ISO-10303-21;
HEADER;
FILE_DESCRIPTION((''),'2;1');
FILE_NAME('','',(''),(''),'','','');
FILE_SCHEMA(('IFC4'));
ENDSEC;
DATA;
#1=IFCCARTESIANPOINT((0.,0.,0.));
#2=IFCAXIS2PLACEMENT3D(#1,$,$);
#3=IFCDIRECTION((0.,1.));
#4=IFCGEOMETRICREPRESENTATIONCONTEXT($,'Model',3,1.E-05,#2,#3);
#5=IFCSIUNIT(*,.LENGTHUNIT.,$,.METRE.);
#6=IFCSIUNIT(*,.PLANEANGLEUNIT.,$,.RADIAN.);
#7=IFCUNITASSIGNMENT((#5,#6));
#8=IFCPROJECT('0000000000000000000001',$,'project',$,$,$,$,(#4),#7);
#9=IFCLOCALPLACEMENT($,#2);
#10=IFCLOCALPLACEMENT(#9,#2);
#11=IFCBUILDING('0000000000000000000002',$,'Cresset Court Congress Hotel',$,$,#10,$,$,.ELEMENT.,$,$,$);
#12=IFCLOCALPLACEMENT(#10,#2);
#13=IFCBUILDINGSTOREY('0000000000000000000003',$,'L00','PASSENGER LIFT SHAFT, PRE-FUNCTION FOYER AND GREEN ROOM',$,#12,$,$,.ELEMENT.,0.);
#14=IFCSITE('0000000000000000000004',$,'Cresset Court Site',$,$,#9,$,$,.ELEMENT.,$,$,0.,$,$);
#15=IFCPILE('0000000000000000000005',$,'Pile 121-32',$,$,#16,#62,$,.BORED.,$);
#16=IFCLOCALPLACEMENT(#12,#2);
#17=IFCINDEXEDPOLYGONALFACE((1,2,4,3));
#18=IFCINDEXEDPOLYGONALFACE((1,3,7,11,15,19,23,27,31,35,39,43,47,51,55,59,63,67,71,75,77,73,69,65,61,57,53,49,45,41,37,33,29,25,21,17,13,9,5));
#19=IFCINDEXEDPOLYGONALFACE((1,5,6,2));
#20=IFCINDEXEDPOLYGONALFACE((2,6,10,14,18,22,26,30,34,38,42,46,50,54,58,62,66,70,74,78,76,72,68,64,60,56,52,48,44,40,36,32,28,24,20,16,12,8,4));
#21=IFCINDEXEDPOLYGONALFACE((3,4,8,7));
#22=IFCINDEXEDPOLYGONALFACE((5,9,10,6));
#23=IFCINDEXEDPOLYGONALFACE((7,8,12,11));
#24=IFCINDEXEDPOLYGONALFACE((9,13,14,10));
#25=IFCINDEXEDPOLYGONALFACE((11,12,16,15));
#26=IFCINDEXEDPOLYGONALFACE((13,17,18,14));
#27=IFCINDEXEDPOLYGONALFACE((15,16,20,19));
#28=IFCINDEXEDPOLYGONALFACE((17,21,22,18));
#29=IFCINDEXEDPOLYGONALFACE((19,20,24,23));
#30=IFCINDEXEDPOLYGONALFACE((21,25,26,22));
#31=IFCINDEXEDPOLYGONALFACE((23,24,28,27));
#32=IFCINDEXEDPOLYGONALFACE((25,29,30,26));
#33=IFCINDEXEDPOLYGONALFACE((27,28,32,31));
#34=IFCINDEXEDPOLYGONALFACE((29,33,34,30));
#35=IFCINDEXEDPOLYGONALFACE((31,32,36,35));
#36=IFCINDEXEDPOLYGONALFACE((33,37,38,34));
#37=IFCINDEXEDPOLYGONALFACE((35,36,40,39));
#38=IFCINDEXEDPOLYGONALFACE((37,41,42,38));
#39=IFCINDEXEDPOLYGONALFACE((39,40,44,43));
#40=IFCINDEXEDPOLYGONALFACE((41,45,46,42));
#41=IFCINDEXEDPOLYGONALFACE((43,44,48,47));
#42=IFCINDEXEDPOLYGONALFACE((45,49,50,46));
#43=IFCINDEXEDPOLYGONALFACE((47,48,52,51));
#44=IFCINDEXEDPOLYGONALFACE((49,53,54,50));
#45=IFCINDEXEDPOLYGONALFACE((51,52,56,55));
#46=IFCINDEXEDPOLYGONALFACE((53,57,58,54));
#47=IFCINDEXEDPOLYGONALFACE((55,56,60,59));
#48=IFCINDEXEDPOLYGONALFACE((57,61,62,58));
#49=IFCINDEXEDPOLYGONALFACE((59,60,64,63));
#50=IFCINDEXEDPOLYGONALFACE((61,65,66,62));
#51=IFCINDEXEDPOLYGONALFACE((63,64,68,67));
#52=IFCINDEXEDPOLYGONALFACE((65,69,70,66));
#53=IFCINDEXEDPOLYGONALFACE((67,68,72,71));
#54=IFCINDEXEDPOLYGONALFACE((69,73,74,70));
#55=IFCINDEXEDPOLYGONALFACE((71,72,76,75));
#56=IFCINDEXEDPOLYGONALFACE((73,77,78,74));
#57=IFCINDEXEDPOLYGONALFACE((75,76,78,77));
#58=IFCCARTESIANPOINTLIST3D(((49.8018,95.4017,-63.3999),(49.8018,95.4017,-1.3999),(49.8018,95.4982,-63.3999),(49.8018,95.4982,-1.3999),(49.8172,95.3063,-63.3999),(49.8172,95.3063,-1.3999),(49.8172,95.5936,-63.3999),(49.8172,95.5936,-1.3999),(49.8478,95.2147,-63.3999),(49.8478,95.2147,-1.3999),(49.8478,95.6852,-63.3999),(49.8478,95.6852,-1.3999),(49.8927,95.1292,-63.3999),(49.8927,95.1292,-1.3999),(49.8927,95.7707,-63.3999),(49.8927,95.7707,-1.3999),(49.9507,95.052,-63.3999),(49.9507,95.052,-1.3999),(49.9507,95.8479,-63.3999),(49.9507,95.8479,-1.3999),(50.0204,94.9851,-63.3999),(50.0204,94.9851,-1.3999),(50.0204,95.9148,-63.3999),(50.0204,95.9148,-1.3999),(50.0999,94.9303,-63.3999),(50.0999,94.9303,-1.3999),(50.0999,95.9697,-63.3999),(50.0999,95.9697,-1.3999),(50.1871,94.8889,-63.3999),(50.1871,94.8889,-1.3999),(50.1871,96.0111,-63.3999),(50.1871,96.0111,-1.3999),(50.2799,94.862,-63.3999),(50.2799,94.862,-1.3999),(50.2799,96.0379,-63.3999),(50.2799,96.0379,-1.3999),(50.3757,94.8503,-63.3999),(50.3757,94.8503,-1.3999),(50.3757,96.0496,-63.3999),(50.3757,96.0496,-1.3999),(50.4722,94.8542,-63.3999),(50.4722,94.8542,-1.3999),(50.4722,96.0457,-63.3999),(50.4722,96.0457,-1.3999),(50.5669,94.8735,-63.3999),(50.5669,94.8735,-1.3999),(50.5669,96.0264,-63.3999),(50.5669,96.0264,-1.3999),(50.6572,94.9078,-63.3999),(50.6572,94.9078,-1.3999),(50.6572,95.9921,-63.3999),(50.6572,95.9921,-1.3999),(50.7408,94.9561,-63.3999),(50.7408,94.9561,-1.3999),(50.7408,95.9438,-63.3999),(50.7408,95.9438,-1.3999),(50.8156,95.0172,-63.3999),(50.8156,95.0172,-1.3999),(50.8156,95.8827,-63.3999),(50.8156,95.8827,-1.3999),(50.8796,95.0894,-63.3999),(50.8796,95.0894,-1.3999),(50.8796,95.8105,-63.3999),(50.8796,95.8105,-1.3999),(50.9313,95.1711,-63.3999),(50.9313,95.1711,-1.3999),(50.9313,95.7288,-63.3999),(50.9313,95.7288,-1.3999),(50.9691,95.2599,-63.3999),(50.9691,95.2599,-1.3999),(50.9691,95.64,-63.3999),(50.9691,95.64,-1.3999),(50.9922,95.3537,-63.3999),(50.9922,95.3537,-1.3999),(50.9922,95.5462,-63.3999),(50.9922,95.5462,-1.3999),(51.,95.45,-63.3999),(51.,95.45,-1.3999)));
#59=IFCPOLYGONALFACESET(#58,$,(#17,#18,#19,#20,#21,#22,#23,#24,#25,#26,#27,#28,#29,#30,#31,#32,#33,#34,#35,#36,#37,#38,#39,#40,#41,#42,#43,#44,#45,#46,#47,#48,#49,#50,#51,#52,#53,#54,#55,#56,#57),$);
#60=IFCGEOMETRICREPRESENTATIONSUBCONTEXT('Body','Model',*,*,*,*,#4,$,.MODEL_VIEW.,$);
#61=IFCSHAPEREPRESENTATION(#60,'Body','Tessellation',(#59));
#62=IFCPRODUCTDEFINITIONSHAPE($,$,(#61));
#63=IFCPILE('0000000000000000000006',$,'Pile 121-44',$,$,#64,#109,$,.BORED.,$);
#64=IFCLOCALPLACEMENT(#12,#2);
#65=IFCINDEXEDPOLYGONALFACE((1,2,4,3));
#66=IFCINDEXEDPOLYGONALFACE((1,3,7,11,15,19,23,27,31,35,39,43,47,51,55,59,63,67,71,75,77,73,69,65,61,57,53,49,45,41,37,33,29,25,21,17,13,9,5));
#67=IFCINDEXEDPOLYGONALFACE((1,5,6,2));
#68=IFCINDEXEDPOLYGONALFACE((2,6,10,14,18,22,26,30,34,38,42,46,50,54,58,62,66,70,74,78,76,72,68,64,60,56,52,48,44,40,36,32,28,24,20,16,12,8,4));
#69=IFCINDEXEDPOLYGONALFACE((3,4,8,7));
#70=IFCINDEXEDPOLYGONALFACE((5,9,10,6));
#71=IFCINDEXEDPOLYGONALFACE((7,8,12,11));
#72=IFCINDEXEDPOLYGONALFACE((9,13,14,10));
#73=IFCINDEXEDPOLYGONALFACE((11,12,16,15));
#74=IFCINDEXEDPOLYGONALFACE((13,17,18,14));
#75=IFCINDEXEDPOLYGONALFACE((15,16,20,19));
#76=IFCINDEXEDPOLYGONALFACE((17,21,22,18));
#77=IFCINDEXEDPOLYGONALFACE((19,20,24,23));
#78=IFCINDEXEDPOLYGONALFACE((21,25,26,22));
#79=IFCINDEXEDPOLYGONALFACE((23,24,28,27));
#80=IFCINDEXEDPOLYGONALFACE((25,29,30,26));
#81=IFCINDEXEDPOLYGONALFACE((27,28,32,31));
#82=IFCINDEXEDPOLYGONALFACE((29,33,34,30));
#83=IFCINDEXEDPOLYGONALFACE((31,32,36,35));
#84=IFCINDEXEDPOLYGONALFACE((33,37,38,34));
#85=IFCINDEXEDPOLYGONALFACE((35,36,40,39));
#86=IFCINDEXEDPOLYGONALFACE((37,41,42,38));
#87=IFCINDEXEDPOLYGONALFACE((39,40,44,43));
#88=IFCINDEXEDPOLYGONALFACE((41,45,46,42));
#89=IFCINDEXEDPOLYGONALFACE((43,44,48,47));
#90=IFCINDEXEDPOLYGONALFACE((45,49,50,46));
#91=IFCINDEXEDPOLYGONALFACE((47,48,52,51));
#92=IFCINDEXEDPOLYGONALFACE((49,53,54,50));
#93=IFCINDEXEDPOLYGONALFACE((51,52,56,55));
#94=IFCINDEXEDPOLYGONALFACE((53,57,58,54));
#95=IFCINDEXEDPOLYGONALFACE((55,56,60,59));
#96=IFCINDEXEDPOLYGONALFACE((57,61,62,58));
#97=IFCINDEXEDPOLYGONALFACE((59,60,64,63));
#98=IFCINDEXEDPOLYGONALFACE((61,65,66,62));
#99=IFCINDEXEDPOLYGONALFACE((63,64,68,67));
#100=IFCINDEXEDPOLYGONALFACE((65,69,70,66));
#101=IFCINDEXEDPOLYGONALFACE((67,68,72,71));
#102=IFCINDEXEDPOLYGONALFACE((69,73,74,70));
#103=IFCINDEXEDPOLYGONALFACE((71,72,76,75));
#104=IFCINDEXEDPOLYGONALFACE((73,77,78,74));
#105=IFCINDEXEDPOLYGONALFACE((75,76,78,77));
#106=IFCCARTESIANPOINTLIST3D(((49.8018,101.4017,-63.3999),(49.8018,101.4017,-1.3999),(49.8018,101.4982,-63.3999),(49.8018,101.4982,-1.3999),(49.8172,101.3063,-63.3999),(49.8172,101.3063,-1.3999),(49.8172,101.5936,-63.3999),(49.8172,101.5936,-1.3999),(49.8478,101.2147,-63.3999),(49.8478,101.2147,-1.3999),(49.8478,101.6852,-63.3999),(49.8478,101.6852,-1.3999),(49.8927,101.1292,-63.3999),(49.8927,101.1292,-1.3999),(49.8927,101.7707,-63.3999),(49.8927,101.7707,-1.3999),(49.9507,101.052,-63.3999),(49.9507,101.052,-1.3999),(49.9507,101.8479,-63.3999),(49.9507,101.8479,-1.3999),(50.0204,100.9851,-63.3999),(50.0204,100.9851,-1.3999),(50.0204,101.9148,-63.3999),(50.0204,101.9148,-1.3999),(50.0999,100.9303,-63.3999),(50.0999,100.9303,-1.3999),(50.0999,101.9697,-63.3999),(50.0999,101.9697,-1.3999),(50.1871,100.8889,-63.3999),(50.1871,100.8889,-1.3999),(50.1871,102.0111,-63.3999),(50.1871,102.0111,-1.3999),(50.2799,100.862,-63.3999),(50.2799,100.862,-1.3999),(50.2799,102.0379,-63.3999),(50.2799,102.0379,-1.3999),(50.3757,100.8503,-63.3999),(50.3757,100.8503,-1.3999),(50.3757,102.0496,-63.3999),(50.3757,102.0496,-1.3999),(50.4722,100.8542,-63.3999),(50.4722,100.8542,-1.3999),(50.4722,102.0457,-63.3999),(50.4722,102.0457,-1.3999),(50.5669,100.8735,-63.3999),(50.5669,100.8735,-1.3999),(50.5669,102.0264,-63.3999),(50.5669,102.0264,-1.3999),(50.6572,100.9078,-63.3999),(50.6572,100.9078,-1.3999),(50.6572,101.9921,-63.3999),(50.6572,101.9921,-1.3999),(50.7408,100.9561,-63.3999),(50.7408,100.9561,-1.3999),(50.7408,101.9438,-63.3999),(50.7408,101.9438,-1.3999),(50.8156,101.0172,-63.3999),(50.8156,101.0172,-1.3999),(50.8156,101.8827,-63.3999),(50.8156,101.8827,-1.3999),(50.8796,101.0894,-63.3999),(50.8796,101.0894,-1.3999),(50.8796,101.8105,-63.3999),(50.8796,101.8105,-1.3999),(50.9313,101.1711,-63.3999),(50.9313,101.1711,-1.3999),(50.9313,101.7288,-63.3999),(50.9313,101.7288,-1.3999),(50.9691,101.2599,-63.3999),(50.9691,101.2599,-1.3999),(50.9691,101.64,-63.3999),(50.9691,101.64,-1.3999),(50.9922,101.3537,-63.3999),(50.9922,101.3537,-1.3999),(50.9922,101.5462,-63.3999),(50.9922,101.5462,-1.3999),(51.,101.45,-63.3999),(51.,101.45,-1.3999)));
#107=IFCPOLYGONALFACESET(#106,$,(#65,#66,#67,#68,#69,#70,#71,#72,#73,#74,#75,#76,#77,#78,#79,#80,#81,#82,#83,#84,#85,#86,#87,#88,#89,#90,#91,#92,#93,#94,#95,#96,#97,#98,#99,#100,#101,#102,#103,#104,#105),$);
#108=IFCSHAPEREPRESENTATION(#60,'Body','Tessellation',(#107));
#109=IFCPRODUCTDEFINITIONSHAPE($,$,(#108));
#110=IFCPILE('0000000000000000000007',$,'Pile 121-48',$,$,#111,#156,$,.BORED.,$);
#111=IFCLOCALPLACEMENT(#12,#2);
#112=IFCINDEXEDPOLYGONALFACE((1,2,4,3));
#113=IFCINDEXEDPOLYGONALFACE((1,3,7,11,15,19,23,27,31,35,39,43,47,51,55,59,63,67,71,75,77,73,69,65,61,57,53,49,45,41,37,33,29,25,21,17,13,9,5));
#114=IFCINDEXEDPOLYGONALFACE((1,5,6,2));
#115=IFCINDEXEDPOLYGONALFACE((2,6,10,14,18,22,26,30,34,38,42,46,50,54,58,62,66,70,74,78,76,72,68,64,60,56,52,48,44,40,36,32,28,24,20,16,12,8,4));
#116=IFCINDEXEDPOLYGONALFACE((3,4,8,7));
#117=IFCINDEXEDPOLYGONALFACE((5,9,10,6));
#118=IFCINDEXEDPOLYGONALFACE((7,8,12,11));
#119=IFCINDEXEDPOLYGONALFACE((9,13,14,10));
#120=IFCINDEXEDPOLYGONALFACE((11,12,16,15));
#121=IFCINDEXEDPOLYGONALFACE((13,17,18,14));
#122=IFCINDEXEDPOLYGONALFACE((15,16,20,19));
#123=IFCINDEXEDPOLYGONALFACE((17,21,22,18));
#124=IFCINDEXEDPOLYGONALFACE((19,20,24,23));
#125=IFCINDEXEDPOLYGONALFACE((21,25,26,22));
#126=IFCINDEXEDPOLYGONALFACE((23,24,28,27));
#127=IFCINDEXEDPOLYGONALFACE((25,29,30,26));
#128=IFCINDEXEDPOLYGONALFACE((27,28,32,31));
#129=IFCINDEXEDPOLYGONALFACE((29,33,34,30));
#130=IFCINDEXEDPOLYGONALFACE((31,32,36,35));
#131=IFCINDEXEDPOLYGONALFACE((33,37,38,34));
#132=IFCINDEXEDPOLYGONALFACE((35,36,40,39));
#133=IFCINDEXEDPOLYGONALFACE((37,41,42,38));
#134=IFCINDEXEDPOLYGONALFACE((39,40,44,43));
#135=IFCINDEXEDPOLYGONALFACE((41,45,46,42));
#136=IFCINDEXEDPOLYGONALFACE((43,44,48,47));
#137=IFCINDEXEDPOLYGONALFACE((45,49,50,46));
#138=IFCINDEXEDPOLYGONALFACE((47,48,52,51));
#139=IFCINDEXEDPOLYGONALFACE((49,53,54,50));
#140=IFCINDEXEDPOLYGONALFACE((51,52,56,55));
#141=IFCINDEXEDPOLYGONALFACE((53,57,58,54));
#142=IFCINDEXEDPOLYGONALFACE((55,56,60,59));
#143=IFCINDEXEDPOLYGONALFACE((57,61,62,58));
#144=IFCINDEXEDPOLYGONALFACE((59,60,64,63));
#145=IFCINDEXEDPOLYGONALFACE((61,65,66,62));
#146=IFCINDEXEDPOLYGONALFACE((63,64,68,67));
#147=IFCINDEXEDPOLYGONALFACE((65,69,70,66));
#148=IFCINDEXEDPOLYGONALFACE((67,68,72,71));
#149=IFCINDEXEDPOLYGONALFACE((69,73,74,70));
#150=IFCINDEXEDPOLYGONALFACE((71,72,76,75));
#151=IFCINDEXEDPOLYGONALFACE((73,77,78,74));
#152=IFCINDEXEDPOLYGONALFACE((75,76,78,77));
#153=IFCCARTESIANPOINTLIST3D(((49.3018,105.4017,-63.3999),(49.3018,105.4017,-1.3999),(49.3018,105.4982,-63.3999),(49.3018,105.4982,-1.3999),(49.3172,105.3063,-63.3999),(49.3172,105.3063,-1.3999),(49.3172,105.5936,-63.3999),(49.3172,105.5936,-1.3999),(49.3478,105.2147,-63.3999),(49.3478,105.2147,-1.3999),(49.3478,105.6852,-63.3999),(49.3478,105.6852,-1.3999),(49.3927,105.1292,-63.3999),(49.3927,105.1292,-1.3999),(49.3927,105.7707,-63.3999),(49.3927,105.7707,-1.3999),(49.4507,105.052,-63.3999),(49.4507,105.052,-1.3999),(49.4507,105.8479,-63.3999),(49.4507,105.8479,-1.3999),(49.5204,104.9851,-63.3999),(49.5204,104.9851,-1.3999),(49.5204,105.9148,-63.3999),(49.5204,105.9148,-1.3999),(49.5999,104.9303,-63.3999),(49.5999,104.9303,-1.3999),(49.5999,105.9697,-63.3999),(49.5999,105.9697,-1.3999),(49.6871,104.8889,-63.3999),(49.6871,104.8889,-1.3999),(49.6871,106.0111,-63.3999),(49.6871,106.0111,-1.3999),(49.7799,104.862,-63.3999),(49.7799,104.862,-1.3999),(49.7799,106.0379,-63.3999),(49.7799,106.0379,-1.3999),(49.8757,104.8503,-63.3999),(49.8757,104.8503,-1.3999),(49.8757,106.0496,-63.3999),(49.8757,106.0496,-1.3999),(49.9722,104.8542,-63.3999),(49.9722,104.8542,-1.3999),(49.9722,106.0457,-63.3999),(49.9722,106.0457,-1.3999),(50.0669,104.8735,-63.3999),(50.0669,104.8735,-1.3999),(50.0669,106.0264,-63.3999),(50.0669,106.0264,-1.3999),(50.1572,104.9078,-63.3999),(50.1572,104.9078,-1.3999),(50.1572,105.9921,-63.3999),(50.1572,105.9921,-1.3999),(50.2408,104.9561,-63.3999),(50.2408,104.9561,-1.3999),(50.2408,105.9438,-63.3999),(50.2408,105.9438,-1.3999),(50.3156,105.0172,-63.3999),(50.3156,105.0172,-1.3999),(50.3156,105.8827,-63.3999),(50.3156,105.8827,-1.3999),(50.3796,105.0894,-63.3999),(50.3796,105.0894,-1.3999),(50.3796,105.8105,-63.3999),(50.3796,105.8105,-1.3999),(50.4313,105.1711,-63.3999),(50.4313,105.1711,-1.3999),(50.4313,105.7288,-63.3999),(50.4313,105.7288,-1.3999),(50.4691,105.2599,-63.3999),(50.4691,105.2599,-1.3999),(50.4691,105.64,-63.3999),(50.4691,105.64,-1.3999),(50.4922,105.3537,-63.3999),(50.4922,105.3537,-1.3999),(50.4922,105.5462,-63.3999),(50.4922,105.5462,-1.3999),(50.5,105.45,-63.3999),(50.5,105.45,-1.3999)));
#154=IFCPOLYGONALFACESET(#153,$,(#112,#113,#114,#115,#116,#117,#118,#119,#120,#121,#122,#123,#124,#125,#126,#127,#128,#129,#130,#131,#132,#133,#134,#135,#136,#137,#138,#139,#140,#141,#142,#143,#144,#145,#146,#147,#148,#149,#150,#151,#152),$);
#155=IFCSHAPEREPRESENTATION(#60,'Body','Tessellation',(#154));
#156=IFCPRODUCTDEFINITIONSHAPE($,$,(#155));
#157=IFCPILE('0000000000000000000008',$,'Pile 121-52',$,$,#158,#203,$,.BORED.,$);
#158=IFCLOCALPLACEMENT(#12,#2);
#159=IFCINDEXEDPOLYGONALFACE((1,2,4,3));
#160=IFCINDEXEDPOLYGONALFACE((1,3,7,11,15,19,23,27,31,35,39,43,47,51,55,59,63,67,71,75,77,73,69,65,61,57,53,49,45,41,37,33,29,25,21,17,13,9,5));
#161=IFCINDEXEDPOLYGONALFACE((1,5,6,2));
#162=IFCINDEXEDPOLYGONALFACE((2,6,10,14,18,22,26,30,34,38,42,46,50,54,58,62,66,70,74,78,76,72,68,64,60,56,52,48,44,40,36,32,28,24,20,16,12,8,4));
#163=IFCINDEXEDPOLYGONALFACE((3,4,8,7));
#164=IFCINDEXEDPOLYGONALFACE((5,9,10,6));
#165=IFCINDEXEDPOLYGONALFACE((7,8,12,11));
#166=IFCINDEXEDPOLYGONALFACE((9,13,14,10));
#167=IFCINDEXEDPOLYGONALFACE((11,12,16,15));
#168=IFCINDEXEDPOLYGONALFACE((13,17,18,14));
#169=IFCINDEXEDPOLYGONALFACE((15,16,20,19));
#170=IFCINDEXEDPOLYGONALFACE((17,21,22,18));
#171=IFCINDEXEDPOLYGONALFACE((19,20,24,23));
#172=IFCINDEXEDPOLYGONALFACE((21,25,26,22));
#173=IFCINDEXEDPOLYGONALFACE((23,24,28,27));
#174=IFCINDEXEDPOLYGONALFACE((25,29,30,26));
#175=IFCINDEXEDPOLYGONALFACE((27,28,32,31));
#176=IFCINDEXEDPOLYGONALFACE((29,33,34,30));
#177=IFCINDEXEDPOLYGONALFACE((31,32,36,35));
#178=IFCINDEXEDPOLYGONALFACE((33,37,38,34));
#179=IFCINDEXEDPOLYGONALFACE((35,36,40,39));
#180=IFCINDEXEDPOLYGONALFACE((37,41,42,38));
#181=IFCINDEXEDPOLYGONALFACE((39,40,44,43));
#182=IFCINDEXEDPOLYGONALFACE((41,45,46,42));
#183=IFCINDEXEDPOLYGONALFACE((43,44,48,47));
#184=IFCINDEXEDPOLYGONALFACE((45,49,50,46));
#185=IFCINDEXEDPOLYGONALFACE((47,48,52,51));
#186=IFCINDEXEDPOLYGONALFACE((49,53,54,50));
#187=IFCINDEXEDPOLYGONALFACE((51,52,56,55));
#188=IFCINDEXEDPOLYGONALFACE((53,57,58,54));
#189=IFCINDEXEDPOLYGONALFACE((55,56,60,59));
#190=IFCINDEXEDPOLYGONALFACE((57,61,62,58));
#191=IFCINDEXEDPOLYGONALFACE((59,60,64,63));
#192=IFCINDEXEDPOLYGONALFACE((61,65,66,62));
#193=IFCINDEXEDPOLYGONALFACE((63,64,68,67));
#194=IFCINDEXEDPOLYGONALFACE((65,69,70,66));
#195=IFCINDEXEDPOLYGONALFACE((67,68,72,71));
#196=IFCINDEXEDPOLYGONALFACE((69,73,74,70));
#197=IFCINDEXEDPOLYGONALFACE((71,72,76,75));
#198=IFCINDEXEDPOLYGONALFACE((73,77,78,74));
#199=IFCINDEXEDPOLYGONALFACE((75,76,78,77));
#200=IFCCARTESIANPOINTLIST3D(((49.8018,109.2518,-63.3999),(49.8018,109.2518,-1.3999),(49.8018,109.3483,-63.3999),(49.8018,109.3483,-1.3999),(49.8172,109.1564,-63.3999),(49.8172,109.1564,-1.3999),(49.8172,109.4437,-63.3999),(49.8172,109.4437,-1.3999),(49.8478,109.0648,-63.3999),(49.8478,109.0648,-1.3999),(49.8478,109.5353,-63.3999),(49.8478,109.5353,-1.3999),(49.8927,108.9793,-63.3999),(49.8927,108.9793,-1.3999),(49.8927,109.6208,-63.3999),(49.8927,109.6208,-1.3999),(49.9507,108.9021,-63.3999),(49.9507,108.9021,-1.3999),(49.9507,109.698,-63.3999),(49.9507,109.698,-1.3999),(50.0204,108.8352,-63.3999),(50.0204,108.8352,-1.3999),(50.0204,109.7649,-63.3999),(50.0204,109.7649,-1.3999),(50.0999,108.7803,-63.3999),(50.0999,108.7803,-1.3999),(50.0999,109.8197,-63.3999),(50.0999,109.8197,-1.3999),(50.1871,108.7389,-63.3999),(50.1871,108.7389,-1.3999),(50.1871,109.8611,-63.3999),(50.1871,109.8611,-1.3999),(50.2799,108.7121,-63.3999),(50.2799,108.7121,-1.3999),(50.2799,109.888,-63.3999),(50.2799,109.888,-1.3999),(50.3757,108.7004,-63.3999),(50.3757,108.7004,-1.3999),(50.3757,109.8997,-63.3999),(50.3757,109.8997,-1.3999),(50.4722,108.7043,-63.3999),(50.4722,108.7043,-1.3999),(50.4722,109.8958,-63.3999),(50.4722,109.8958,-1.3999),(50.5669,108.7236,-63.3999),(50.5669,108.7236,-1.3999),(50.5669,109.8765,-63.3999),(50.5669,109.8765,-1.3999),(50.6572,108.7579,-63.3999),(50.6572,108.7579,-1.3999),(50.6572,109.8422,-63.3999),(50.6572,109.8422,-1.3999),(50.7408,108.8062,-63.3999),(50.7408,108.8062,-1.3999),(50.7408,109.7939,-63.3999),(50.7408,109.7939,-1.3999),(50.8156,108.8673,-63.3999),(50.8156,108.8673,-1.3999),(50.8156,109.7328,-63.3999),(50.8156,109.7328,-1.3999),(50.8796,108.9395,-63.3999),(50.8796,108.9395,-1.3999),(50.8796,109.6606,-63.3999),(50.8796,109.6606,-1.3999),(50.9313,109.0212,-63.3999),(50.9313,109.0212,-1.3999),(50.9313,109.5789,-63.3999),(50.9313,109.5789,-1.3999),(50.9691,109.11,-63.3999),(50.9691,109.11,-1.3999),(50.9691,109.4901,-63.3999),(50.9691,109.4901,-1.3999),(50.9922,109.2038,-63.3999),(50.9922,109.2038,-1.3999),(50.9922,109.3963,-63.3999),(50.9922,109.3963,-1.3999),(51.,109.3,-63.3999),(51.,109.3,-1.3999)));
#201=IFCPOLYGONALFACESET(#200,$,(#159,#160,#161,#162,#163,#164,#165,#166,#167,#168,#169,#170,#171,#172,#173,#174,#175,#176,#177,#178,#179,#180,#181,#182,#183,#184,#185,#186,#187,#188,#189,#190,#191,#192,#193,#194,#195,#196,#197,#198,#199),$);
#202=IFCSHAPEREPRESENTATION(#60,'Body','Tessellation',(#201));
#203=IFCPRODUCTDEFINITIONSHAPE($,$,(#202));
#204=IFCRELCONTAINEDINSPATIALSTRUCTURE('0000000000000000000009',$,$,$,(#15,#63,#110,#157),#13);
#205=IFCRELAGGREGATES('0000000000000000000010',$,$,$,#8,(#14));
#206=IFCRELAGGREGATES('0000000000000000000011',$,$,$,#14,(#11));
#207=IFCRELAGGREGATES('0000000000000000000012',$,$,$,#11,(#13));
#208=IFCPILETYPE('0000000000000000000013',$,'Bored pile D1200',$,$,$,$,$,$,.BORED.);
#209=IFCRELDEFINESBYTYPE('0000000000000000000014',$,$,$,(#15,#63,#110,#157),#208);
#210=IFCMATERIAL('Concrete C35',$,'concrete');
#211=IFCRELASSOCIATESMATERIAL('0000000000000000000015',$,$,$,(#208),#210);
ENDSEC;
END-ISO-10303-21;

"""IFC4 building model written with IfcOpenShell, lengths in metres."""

from ifc_helpers import new_model, si_unit, direction, frame, origin, origin_2d, place, context, subcontext, project, spatial, circle, extrude, material, type_object, element, save


model = new_model("IFC4")

# Units and contexts
model_context = context("Model", 3, precision=1e-05, world=origin(), true_north=direction((0.0, 1.0)))
body_context = subcontext(model_context, "Body", "Model", "MODEL_VIEW")
ifc_project = project(units=[si_unit("LENGTHUNIT", "METRE"), si_unit("PLANEANGLEUNIT", "RADIAN")], contexts=[model_context])

# Site, building, storey
site_placement = place(None, origin())
site = spatial("IfcSite", under=ifc_project, at=site_placement, Name="Cresset Court Site", CompositionType="ELEMENT", RefElevation=0.0)
building_placement = place(site_placement, origin())
building = spatial("IfcBuilding", under=site, at=building_placement, Name="Cresset Court Congress Hotel", CompositionType="ELEMENT")
storey_placement = place(building_placement, origin())
storey = spatial("IfcBuildingStorey", under=building, at=storey_placement, Name="L00", Description="PASSENGER LIFT SHAFT, PRE-FUNCTION FOYER AND GREEN ROOM", CompositionType="ELEMENT", Elevation=0.0)

# Piles
ifc_material_1 = material(Name="Concrete C35", Category="concrete")
pile_type = type_object("IfcPileType", Name="Bored pile D1200", PredefinedType="BORED", material=ifc_material_1)
for number, where, z_axis, x_axis, name in (
    (1, (50.3999, 95.45, -1.3999), (0.0, 0.0, -1.0), (1.0, 0.0, 0.0), "Pile 121-32"),
    (2, (50.3999, 101.45, -1.3999), (0.0, 0.0, -1.0), (1.0, 0.0, 0.0), "Pile 121-44"),
    (3, (49.8999, 105.45, -1.3999), (0.0, 0.0, -1.0), (1.0, 0.0, 0.0), "Pile 121-48"),
    (4, (50.3999, 109.3, -1.3999), (0.0, 0.0, -1.0), (1.0, 0.0, 0.0), "Pile 121-52"),
):
    element("IfcPile", number, at=place(storey_placement, frame(where, z_axis=z_axis, x_axis=x_axis)), inside=storey, type_object=pile_type, Name=name, PredefinedType="BORED", context=body_context, shape_type="SweptSolid", body=[
        extrude(circle(Radius=0.6001, at=origin_2d()), origin(), (0.0, 0.0, 1.0), 62.0),
    ])

save(model, "model.ifc")
